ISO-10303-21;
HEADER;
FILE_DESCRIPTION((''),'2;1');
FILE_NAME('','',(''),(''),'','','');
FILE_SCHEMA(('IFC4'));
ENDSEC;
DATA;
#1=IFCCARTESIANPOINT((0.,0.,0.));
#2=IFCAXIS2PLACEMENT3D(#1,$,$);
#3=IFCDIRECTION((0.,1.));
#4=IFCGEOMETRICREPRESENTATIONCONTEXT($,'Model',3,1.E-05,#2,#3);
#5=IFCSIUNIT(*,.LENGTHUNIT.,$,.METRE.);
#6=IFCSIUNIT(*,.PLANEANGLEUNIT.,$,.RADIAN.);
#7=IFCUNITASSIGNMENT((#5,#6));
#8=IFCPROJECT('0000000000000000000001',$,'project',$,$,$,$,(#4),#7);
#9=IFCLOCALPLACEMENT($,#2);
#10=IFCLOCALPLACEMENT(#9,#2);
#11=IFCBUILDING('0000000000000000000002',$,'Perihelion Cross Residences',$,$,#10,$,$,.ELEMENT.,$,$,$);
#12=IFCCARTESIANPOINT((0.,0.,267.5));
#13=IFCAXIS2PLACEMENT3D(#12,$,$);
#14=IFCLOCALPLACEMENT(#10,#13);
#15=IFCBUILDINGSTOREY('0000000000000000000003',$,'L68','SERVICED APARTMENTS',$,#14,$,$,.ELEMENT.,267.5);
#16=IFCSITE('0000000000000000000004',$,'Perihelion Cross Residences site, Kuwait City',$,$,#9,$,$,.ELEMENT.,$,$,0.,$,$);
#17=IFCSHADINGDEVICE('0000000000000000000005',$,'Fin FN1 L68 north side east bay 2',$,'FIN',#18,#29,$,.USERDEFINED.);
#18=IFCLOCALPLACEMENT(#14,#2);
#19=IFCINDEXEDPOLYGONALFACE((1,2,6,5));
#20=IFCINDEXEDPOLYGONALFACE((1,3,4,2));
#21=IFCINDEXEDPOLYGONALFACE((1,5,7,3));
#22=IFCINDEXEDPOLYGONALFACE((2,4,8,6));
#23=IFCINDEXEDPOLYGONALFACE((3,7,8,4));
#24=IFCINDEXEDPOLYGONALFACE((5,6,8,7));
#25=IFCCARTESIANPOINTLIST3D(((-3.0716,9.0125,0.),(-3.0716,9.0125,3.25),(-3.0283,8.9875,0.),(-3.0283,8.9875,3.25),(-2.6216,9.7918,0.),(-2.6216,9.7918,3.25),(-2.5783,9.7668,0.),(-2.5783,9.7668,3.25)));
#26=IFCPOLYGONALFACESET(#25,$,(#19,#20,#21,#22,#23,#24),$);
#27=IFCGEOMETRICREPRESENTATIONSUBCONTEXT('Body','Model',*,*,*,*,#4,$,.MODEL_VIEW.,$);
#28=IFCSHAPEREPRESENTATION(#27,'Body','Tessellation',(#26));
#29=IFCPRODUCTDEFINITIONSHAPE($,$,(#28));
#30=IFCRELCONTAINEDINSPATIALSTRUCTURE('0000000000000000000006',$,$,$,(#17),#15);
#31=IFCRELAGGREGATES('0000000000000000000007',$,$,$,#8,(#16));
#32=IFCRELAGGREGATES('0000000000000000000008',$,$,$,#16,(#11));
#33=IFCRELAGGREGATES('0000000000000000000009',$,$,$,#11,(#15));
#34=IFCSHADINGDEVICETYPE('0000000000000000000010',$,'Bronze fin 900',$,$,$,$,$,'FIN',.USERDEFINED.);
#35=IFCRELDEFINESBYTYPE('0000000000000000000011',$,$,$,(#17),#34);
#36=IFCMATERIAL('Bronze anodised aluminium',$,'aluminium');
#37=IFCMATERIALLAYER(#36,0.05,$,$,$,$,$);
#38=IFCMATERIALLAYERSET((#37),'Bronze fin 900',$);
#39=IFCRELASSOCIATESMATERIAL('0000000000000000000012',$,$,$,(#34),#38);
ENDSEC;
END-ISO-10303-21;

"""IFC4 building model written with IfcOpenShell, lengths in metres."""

from ifc_helpers import new_model, si_unit, direction, frame, origin, origin_2d, place, context, subcontext, project, spatial, rectangle, extrude, material, layer, layer_set, type_object, element, save


model = new_model("IFC4")

# Units and contexts
model_context = context("Model", 3, precision=1e-05, world=origin(), true_north=direction((0.0, 1.0)))
body_context = subcontext(model_context, "Body", "Model", "MODEL_VIEW")
ifc_project = project(units=[si_unit("LENGTHUNIT", "METRE"), si_unit("PLANEANGLEUNIT", "RADIAN")], contexts=[model_context])

# Site, building, storey
site_placement = place(None, origin())
site = spatial("IfcSite", under=ifc_project, at=site_placement, Name="Perihelion Cross Residences site, Kuwait City", CompositionType="ELEMENT", RefElevation=0.0)
building_placement = place(site_placement, origin())
building = spatial("IfcBuilding", under=site, at=building_placement, Name="Perihelion Cross Residences", CompositionType="ELEMENT")
storey_placement = place(building_placement, frame((0.0, 0.0, 267.5)))
storey = spatial("IfcBuildingStorey", under=building, at=storey_placement, Name="L68", Description="SERVICED APARTMENTS", CompositionType="ELEMENT", Elevation=267.5)

# Shading device
ifc_material_1 = material(Name="Bronze anodised aluminium", Category="aluminium")
ifc_layer_1 = layer(ifc_material_1, 0.05)
ifc_layer_set_1 = layer_set([ifc_layer_1], Name="Bronze fin 900")
shading_device_type = type_object("IfcShadingDeviceType", Name="Bronze fin 900", ElementType="FIN", PredefinedType="USERDEFINED", material=ifc_layer_set_1)
shading_device_placement = place(storey_placement, frame((-2.825, 9.3896, 0.0), z_axis=(0.0, 0.0, 1.0), x_axis=(0.5, 0.866025, 0.0)))
element("IfcShadingDevice", 1, at=shading_device_placement, inside=storey, type_object=shading_device_type, Name="Fin FN1 L68 north side east bay 2", ObjectType="FIN", PredefinedType="USERDEFINED", context=body_context, shape_type="SweptSolid", body=[
    extrude(rectangle(XDim=0.8999, YDim=0.05, at=origin_2d()), origin(), (0.0, 0.0, 1.0), 3.25),
])

save(model, "model.ifc")
